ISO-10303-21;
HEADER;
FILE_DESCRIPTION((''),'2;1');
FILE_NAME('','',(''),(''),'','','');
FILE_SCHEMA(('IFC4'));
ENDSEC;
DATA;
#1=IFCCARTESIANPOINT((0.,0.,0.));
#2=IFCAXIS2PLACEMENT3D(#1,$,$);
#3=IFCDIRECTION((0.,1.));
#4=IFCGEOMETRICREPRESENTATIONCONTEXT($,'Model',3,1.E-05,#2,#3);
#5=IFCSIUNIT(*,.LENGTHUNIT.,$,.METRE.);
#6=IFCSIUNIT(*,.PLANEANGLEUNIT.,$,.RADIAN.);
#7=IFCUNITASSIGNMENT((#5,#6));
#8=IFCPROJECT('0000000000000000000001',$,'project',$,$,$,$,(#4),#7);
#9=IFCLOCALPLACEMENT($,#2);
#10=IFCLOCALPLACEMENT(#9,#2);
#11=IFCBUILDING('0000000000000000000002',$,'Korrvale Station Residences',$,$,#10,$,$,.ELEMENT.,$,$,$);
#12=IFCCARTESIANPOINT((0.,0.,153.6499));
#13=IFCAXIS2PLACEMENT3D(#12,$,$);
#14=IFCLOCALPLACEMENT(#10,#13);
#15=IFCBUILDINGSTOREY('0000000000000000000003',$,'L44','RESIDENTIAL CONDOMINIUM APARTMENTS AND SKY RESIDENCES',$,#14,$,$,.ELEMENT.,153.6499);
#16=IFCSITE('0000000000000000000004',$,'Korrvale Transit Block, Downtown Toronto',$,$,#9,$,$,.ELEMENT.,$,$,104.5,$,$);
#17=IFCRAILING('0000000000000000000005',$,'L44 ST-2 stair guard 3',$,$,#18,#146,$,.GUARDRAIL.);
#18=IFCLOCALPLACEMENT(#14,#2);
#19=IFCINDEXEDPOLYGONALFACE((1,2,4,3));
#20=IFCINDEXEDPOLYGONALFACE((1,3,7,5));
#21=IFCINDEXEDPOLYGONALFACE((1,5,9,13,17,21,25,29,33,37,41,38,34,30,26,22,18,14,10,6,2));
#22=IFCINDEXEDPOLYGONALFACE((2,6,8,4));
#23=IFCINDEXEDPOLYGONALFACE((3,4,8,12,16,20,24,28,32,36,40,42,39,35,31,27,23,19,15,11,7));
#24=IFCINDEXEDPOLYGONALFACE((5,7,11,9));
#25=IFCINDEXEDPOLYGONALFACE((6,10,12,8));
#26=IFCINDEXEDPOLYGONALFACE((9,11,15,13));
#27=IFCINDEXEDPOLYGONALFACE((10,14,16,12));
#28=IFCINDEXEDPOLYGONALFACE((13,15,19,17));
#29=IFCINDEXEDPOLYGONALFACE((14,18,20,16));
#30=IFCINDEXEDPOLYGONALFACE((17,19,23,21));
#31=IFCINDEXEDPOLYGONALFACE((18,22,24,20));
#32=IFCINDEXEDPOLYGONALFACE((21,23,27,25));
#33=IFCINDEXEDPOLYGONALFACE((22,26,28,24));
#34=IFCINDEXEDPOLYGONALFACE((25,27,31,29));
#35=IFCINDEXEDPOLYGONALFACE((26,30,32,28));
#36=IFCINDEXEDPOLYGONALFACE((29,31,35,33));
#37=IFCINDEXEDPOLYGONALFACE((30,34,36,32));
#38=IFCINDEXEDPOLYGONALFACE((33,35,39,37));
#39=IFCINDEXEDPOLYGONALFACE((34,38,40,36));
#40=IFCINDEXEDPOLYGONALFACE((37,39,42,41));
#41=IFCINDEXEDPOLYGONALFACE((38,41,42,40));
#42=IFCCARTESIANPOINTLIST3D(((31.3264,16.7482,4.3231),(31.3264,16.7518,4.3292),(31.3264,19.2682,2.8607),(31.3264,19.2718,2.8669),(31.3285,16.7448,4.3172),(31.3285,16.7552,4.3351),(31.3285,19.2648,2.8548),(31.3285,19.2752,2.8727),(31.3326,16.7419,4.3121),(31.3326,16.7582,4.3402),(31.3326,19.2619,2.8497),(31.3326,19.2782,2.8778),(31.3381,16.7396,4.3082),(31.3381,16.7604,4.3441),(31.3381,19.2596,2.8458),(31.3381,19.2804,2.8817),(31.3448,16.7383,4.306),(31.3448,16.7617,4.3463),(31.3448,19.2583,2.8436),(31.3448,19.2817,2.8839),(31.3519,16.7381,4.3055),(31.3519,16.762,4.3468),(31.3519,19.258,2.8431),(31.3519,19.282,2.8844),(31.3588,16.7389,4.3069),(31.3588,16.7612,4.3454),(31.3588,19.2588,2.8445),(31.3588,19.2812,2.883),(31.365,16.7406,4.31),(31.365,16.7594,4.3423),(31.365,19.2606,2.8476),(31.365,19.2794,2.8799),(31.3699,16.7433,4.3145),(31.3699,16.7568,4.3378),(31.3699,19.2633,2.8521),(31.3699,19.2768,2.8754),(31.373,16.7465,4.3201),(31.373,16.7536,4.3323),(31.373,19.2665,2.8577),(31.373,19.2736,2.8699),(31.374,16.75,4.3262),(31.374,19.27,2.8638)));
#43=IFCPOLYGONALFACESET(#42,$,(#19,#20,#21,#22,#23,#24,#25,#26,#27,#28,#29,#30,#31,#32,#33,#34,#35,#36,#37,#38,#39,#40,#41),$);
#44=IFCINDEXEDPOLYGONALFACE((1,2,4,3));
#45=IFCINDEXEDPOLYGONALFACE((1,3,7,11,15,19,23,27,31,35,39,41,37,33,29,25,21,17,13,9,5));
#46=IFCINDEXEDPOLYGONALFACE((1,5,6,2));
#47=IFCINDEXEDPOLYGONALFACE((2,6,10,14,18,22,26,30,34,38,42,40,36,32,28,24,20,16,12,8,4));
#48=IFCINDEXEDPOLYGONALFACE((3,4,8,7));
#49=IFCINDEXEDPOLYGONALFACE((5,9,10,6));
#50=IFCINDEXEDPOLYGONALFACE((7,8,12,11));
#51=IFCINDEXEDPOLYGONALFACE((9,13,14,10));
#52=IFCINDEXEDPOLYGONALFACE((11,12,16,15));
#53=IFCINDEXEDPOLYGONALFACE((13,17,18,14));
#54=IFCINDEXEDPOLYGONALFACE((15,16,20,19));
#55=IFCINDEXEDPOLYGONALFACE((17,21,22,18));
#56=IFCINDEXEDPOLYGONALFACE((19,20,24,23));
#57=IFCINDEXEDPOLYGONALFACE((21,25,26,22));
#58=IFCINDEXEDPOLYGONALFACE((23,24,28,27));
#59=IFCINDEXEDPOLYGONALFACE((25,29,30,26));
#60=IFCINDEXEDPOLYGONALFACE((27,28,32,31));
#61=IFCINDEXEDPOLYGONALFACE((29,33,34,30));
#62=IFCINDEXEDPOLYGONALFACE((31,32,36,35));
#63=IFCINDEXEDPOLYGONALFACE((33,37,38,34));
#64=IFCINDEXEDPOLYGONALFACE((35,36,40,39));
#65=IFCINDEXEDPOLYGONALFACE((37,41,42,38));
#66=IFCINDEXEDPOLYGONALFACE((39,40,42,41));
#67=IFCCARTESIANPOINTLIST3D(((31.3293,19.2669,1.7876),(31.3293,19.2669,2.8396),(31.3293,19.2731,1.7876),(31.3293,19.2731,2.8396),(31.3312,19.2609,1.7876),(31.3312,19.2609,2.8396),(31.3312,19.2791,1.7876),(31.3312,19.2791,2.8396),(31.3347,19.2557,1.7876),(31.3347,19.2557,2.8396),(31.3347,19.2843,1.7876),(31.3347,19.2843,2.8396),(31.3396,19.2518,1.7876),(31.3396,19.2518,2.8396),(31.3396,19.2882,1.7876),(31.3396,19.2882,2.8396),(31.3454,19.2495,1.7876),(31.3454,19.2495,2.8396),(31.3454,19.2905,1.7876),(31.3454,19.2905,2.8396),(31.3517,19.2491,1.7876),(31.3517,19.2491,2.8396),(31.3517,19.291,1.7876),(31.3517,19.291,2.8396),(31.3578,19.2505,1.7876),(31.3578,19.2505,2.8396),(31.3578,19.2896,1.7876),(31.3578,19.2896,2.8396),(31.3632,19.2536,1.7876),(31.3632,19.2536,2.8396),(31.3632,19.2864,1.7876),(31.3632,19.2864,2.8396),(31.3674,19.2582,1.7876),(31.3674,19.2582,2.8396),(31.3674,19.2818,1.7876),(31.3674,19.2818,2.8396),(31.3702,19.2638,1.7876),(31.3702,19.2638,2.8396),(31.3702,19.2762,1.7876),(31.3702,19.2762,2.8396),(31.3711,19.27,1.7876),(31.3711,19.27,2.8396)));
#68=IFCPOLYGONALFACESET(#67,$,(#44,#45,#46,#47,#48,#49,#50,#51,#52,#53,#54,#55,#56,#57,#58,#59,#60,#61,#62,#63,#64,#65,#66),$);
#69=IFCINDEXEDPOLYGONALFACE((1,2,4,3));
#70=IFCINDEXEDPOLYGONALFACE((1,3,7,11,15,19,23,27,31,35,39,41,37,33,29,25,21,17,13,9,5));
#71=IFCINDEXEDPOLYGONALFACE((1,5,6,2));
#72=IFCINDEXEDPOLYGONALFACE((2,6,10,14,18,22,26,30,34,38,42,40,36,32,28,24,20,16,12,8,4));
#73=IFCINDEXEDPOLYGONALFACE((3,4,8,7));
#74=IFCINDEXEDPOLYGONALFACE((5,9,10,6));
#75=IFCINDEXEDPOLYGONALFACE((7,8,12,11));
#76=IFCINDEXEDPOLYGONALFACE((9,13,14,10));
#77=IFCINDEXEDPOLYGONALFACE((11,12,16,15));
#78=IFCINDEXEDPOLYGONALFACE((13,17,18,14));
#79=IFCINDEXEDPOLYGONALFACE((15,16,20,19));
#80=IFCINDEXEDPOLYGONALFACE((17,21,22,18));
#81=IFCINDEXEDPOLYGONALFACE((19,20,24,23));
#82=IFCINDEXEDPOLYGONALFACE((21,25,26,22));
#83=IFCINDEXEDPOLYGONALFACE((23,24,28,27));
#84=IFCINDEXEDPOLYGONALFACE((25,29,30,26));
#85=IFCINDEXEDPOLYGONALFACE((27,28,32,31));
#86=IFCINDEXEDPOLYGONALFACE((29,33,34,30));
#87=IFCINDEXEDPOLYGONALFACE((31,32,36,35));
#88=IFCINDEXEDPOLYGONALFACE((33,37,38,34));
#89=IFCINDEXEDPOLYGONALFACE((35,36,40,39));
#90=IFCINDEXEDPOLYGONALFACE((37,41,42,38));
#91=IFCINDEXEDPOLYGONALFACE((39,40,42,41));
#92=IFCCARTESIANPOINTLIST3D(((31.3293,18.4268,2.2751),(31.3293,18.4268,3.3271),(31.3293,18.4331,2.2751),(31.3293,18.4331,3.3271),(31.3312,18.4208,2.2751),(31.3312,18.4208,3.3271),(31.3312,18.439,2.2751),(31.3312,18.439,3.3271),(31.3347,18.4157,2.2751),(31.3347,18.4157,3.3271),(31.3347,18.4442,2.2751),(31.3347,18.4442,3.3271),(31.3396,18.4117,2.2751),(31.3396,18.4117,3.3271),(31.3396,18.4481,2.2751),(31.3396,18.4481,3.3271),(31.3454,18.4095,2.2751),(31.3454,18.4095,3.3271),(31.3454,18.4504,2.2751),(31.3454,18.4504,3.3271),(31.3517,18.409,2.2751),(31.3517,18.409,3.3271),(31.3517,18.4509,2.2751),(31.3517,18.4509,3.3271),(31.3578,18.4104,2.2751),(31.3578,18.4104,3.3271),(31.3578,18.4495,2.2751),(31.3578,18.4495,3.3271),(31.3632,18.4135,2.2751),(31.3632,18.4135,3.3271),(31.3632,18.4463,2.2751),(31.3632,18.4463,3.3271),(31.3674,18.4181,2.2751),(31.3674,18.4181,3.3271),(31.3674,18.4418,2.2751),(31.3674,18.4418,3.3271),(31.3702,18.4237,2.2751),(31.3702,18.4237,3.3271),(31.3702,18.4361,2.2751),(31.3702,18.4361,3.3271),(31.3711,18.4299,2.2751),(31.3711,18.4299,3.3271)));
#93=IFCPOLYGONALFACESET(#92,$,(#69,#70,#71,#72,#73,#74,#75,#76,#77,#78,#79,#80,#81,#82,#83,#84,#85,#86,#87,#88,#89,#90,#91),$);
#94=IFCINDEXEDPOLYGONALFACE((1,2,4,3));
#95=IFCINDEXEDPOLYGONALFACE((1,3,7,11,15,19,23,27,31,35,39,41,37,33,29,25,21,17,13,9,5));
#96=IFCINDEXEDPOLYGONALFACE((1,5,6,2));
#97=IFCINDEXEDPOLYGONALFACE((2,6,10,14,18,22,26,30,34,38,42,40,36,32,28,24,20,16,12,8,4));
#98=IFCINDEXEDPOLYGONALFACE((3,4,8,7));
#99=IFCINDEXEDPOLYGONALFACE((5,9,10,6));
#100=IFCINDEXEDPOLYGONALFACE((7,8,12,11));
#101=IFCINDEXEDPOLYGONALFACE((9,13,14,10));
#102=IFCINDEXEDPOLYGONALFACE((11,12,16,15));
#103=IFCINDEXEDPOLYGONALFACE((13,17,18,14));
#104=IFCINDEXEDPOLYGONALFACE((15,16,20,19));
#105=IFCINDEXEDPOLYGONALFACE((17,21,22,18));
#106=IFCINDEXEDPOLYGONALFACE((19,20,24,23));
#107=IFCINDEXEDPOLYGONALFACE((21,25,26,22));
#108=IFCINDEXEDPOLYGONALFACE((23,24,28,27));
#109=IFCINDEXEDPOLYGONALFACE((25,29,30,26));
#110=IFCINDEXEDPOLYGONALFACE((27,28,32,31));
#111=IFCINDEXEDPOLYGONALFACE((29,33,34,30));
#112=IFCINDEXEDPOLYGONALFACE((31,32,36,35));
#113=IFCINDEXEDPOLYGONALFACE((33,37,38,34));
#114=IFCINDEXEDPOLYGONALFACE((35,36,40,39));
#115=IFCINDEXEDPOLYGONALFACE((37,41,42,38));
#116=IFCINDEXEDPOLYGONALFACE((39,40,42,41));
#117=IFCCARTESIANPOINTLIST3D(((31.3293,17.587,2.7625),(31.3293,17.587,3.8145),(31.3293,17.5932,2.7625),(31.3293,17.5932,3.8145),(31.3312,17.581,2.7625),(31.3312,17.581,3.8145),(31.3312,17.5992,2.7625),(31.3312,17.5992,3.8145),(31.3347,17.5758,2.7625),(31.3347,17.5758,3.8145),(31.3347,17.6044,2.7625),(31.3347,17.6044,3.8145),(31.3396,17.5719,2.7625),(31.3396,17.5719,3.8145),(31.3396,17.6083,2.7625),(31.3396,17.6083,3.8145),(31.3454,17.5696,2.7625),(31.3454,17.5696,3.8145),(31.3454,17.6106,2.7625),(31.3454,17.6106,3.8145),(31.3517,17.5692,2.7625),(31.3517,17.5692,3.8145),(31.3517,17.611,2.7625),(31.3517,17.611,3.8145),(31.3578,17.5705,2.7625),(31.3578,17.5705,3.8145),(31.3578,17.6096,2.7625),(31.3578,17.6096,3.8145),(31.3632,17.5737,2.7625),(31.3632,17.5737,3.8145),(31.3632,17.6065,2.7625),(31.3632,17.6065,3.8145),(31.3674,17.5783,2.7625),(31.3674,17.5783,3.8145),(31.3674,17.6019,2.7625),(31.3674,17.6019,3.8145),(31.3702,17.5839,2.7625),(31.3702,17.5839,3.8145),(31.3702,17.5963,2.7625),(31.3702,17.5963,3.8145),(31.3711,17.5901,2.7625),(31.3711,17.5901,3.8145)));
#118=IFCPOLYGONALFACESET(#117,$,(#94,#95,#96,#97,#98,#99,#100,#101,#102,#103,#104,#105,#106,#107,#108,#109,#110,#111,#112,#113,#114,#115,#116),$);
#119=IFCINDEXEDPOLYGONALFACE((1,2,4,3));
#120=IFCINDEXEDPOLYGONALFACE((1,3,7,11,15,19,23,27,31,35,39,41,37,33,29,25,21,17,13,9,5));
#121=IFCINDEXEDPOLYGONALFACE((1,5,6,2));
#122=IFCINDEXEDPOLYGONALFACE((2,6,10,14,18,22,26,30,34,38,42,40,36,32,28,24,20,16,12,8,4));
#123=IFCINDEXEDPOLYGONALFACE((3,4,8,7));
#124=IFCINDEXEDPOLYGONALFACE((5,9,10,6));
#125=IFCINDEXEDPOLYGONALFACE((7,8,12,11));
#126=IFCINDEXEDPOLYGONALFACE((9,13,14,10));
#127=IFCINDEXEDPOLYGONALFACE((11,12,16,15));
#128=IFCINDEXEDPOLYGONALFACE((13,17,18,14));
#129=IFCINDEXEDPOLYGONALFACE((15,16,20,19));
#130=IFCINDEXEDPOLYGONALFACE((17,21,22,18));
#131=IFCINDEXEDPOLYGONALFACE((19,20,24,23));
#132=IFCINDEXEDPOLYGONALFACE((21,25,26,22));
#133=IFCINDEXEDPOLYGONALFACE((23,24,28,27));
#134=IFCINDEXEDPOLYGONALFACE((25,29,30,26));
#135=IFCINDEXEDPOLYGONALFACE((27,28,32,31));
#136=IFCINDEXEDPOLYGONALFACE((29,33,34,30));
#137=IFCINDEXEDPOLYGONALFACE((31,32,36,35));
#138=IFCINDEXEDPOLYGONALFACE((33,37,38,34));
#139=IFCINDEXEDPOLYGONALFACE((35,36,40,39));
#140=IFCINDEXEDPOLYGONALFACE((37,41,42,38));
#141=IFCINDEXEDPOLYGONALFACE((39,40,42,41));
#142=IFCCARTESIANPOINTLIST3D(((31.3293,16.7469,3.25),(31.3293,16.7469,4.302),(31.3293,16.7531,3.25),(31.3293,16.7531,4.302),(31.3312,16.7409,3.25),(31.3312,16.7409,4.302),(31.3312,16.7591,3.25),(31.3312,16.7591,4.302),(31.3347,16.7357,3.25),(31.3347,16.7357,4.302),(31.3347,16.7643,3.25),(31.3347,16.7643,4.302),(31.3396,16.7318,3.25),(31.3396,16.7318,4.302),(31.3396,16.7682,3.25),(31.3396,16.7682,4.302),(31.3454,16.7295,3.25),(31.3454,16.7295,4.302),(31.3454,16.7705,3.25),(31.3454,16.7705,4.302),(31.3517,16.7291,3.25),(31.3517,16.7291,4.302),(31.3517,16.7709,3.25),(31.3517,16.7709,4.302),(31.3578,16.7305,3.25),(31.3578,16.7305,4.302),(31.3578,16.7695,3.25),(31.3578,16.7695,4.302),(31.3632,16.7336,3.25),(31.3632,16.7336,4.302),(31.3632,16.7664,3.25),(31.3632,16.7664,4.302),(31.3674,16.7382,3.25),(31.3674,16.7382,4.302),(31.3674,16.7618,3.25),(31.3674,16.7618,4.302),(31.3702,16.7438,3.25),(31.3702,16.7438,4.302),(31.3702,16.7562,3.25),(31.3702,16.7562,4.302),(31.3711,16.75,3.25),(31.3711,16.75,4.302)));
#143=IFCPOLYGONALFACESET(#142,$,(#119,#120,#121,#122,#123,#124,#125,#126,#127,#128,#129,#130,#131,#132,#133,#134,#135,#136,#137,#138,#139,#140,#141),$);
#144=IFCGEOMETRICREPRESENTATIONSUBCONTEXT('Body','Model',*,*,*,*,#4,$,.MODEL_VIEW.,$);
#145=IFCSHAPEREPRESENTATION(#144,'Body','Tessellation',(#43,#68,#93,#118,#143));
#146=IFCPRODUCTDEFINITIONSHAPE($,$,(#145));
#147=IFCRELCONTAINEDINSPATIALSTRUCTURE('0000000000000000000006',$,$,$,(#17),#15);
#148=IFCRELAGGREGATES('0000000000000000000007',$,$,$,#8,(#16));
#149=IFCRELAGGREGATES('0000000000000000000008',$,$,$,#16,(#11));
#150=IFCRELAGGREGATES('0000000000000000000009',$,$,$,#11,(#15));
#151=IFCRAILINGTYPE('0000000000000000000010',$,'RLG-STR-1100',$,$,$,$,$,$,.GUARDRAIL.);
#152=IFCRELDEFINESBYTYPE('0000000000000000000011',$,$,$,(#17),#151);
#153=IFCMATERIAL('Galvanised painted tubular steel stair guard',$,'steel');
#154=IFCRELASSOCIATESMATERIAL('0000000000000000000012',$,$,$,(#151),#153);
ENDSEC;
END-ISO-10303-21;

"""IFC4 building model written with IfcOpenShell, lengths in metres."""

from ifc_helpers import new_model, si_unit, direction, frame, origin, origin_2d, place, context, subcontext, project, spatial, circle, extrude, material, type_object, element, save


model = new_model("IFC4")

# Units and contexts
model_context = context("Model", 3, precision=1e-05, world=origin(), true_north=direction((0.0, 1.0)))
body_context = subcontext(model_context, "Body", "Model", "MODEL_VIEW")
ifc_project = project(units=[si_unit("LENGTHUNIT", "METRE"), si_unit("PLANEANGLEUNIT", "RADIAN")], contexts=[model_context])

# Site, building, storey
site_placement = place(None, origin())
site = spatial("IfcSite", under=ifc_project, at=site_placement, Name="Korrvale Transit Block, Downtown Toronto", CompositionType="ELEMENT", RefElevation=104.5)
building_placement = place(site_placement, origin())
building = spatial("IfcBuilding", under=site, at=building_placement, Name="Korrvale Station Residences", CompositionType="ELEMENT")
storey_placement = place(building_placement, frame((0.0, 0.0, 153.6499)))
storey = spatial("IfcBuildingStorey", under=building, at=storey_placement, Name="L44", Description="RESIDENTIAL CONDOMINIUM APARTMENTS AND SKY RESIDENCES", CompositionType="ELEMENT", Elevation=153.6499)

# Railing
ifc_material_1 = material(Name="Galvanised painted tubular steel stair guard", Category="steel")
railing_type_1 = type_object("IfcRailingType", Name="RLG-STR-1100", PredefinedType="GUARDRAIL", material=ifc_material_1)
railing_1_placement = place(storey_placement, frame((31.3501, 19.27, 1.7876)))
element("IfcRailing", 1, at=railing_1_placement, inside=storey, type_object=railing_type_1, Name="L44 ST-2 stair guard 3", PredefinedType="GUARDRAIL", context=body_context, shape_type="SweptSolid", body=[
    extrude(circle(Radius=0.0239, at=origin_2d()), frame((0.0, 0.0, 1.0762), z_axis=(0.0, -0.864913, 0.501921), x_axis=(1.0, 0.0, 0.0)), (0.0, 0.0, 1.0), 2.9136),
    extrude(circle(Radius=0.021, at=origin_2d()), origin(), (0.0, 0.0, 1.0), 1.052),
    extrude(circle(Radius=0.021, at=origin_2d()), frame((0.0, -0.8401, 0.4875)), (0.0, 0.0, 1.0), 1.052),
    extrude(circle(Radius=0.021, at=origin_2d()), frame((0.0, -1.6799, 0.9749)), (0.0, 0.0, 1.0), 1.052),
    extrude(circle(Radius=0.021, at=origin_2d()), frame((0.0, -2.52, 1.4624)), (0.0, 0.0, 1.0), 1.052),
])

save(model, "model.ifc")
